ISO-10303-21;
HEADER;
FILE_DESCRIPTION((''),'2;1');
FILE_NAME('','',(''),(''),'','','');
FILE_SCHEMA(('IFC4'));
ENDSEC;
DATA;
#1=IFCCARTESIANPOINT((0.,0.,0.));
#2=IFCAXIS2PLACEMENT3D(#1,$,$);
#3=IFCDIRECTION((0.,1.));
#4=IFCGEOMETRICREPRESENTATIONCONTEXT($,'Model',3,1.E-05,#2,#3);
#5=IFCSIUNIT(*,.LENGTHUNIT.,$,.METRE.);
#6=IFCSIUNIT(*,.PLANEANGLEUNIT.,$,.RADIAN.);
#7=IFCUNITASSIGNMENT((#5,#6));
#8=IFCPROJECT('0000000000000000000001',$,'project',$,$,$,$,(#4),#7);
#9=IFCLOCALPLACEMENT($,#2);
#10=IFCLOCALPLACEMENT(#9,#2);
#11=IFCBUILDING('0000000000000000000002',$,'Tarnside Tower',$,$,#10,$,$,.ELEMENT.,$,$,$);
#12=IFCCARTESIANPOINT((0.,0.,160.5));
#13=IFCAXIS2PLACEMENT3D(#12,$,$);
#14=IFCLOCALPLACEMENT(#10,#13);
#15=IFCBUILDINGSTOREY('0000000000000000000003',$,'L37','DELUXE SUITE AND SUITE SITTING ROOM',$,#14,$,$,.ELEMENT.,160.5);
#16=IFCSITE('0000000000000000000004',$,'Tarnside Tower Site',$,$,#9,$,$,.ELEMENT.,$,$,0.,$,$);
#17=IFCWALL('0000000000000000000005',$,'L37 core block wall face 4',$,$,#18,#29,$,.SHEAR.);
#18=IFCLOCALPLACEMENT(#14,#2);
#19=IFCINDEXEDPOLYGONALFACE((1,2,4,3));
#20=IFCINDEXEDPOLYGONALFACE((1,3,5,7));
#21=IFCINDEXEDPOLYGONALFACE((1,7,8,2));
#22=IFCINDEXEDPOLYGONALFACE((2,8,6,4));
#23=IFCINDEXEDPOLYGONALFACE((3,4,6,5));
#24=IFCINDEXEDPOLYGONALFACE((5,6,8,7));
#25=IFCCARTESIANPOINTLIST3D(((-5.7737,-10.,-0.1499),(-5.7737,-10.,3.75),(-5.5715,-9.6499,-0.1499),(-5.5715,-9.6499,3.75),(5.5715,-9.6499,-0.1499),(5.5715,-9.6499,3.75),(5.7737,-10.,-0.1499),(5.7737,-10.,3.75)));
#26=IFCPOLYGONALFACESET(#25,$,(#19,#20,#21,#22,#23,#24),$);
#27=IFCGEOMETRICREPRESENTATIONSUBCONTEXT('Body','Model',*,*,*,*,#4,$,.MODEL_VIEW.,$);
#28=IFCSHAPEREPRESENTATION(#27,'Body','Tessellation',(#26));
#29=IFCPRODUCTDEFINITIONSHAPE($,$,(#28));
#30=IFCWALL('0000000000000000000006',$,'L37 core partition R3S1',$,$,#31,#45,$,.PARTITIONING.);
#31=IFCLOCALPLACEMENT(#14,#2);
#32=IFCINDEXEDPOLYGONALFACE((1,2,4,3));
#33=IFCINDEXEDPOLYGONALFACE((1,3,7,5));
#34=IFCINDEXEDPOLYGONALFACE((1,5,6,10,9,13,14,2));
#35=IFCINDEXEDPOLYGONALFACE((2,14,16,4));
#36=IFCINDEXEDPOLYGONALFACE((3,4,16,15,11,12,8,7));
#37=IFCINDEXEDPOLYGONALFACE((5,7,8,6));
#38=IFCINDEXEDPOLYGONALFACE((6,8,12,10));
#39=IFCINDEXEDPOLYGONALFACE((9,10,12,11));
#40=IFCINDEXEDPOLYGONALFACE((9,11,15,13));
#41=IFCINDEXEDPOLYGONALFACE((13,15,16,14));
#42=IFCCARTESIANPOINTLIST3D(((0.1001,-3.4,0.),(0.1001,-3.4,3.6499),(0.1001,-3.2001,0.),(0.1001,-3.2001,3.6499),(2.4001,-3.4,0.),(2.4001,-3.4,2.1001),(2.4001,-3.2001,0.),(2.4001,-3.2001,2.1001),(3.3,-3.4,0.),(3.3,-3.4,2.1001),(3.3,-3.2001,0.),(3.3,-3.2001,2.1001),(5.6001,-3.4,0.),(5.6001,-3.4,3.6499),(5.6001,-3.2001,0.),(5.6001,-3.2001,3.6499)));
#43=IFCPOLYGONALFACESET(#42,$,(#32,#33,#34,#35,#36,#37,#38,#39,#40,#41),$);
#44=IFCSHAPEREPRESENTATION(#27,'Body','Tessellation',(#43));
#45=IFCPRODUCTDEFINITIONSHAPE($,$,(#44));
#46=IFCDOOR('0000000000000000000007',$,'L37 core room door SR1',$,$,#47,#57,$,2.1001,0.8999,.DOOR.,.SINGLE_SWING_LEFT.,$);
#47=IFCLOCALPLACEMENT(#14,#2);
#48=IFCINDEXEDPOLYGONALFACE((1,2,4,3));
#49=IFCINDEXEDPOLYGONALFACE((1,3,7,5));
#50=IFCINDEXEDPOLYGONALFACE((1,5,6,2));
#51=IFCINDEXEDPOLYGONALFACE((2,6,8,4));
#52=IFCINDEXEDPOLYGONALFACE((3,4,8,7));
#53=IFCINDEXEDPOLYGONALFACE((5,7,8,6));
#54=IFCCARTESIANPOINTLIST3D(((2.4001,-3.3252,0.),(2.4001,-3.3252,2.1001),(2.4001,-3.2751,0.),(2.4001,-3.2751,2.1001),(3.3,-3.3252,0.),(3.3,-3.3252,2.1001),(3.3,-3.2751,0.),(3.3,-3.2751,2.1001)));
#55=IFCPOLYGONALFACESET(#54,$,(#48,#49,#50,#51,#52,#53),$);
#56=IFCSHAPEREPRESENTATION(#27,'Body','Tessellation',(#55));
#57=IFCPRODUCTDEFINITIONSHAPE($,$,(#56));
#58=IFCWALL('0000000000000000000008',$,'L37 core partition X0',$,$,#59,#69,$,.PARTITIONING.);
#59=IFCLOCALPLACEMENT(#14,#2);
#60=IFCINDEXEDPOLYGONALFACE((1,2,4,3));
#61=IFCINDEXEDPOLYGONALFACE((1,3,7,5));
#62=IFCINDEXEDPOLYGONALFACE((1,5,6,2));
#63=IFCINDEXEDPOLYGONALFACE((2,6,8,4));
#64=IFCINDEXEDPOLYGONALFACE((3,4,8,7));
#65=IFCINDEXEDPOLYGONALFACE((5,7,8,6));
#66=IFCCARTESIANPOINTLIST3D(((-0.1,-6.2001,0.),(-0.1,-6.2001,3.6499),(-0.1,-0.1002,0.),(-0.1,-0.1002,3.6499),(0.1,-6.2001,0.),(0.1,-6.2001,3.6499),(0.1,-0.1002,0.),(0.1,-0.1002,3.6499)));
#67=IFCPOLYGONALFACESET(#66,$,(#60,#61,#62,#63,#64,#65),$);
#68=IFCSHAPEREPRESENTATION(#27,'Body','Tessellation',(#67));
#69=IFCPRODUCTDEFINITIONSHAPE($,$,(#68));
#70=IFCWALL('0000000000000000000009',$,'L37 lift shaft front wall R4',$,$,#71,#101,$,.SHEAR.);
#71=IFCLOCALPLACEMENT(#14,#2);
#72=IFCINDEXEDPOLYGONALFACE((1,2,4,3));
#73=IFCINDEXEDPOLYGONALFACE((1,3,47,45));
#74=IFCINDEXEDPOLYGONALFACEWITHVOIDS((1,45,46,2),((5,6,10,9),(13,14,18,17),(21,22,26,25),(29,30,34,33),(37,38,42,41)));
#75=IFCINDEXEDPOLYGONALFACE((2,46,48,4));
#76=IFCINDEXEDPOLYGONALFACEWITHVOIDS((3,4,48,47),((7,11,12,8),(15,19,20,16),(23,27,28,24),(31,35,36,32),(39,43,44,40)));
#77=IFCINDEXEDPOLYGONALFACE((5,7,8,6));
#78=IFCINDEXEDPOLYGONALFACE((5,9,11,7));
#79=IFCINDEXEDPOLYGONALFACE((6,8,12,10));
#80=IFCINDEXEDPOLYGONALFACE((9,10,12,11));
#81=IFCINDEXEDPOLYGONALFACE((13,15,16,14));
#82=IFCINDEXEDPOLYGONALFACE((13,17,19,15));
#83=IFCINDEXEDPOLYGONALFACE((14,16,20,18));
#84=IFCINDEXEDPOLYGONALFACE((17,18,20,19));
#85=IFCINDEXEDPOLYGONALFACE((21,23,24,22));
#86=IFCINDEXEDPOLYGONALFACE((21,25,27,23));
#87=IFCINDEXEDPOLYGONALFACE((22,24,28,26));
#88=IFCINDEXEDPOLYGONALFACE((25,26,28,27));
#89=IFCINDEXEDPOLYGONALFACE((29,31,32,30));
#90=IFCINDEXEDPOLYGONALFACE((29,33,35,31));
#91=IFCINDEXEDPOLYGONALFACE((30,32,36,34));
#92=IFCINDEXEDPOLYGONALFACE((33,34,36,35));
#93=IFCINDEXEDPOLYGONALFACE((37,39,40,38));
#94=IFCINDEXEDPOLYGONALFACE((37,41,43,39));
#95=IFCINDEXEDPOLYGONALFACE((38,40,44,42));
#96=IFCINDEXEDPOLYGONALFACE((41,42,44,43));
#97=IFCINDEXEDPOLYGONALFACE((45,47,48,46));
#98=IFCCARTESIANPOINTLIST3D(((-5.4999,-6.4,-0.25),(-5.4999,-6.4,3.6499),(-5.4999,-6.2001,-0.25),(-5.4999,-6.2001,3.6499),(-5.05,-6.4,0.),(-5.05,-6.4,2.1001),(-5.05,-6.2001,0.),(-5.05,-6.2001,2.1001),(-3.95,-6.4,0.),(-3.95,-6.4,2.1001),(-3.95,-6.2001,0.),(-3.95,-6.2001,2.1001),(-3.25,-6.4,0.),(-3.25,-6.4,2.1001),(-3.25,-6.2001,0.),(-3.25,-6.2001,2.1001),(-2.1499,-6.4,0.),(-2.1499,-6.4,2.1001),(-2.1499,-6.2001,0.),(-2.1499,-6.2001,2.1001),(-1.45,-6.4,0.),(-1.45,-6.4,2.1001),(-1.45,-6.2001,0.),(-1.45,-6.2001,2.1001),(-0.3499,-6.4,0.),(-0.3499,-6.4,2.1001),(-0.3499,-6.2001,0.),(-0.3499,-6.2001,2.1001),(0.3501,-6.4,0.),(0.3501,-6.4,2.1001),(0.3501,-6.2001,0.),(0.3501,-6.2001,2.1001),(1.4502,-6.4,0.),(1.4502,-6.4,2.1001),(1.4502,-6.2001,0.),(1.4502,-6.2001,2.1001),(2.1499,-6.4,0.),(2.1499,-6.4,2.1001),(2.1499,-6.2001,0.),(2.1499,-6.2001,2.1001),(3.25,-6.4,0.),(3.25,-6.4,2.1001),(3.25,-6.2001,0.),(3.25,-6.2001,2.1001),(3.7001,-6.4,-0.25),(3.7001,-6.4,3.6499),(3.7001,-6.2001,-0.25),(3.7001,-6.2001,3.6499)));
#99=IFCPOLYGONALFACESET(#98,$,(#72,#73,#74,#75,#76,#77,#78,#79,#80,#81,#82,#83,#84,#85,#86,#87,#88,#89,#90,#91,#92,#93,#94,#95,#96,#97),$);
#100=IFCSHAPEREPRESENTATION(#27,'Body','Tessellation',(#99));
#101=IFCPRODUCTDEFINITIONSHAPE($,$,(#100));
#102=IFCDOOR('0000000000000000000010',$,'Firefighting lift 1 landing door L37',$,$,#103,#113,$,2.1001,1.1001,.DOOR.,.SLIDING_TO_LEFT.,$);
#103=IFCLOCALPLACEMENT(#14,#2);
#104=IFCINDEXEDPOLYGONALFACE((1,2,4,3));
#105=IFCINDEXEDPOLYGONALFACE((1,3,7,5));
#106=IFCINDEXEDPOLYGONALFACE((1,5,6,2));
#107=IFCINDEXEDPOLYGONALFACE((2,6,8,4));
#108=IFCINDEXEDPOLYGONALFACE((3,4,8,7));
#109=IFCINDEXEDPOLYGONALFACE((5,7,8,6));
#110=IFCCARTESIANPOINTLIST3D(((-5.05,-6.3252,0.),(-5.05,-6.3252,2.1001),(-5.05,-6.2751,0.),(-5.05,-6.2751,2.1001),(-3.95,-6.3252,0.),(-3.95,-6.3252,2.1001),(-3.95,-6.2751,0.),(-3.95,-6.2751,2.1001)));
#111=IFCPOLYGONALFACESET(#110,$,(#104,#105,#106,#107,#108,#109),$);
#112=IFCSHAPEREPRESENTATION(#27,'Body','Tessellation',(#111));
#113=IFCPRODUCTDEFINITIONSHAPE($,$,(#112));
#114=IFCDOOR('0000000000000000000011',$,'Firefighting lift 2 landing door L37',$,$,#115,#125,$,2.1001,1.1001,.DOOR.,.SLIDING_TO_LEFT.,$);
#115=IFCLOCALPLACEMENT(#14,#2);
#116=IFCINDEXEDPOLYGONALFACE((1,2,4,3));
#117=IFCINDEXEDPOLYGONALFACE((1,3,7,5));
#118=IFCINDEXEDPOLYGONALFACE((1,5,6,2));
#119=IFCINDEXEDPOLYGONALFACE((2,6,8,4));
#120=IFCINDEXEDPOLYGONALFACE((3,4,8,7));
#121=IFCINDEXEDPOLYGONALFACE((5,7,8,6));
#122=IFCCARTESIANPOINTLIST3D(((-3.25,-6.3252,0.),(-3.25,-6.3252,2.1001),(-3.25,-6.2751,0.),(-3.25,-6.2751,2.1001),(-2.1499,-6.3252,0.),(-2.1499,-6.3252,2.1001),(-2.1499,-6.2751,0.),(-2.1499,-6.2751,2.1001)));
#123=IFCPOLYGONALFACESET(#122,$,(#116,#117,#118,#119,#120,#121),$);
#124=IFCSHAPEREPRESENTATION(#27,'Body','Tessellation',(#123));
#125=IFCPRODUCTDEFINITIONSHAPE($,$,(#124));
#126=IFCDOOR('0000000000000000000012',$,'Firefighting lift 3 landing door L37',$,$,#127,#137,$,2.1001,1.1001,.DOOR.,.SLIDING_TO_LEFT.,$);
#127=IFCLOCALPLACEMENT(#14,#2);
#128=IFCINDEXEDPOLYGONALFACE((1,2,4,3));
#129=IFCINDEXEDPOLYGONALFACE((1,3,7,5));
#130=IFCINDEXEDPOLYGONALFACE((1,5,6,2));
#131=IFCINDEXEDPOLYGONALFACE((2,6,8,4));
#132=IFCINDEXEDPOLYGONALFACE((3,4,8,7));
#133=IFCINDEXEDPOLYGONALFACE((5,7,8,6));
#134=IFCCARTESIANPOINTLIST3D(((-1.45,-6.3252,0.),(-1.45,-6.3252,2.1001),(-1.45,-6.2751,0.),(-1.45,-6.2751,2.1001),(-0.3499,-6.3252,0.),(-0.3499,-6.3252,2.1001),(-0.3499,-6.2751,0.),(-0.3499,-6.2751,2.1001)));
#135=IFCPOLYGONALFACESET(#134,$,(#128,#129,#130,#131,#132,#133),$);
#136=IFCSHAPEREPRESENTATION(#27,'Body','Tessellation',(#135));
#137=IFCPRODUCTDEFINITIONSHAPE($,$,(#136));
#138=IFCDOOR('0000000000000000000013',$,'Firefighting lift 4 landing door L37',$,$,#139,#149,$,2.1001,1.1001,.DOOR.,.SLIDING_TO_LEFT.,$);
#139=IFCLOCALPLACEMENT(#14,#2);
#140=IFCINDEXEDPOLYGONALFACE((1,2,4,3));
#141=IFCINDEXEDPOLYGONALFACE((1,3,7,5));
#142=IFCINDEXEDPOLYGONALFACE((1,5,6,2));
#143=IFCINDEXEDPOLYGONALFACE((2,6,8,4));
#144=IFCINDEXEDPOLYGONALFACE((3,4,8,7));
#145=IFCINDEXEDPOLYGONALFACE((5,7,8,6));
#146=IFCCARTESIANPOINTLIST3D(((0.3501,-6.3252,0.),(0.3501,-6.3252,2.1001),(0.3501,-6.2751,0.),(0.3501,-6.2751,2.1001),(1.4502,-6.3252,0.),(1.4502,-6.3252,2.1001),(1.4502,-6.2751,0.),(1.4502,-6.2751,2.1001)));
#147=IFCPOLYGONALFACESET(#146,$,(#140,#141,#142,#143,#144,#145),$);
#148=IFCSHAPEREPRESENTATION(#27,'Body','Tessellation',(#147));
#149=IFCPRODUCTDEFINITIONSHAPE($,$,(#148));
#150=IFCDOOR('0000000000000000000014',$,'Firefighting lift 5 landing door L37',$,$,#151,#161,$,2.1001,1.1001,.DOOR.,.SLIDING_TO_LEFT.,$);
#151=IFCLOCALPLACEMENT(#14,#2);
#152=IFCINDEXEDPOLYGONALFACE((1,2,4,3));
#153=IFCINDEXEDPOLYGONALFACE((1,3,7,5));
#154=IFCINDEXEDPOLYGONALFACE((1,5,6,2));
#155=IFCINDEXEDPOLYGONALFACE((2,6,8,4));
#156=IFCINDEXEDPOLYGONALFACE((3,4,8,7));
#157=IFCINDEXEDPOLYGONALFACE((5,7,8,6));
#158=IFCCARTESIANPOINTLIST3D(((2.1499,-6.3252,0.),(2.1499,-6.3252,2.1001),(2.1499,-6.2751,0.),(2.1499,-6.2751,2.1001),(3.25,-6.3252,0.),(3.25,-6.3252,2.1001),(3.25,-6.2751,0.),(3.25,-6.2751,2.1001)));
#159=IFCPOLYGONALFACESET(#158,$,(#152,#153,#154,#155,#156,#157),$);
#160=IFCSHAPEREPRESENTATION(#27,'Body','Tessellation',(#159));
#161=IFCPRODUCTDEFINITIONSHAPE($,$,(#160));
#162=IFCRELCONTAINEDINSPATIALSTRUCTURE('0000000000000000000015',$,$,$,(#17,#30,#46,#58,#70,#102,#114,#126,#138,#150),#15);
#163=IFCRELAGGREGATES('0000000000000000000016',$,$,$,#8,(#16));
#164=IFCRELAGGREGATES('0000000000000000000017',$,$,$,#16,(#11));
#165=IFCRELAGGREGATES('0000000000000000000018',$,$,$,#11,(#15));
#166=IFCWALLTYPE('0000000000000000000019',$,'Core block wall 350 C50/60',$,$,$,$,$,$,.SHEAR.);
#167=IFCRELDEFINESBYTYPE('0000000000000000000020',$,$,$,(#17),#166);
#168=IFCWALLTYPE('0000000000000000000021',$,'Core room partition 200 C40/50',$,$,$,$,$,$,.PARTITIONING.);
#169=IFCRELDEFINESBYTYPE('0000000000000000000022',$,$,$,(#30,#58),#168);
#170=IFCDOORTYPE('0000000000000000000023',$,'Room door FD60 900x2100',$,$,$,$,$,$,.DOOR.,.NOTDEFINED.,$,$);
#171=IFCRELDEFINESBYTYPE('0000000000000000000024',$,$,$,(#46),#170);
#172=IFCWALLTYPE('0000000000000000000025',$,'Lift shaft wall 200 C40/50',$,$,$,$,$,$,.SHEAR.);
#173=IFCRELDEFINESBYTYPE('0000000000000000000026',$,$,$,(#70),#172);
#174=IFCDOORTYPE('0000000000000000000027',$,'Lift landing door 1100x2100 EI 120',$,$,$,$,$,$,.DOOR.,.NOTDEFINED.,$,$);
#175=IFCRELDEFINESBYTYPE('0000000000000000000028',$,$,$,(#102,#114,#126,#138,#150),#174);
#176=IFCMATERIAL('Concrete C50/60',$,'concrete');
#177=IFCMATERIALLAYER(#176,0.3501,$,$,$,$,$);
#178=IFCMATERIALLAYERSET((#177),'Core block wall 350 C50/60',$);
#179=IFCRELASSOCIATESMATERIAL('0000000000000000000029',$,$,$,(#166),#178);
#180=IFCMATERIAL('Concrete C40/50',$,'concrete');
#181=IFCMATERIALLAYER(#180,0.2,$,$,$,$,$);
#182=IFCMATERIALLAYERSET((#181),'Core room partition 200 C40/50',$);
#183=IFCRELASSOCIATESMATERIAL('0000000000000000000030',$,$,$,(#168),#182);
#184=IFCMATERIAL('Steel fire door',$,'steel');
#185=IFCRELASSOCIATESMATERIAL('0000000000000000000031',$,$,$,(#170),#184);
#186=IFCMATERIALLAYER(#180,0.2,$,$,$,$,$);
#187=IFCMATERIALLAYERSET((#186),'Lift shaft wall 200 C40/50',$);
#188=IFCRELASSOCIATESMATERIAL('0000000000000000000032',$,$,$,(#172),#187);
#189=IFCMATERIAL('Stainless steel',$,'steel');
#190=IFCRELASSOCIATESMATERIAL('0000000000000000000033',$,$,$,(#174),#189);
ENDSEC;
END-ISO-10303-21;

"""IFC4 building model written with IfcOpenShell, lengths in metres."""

from ifc_helpers import new_model, si_unit, direction, frame, frame_2d, origin, place, context, subcontext, project, spatial, polyline, rectangle, outline, extrude, material, layer, layer_set, type_object, element, fill, save


model = new_model("IFC4")

# Units and contexts
model_context = context("Model", 3, precision=1e-05, world=origin(), true_north=direction((0.0, 1.0)))
body_context = subcontext(model_context, "Body", "Model", "MODEL_VIEW")
ifc_project = project(units=[si_unit("LENGTHUNIT", "METRE"), si_unit("PLANEANGLEUNIT", "RADIAN")], contexts=[model_context])

# Site, building, storey
site_placement = place(None, origin())
site = spatial("IfcSite", under=ifc_project, at=site_placement, Name="Tarnside Tower Site", CompositionType="ELEMENT", RefElevation=0.0)
building_placement = place(site_placement, origin())
building = spatial("IfcBuilding", under=site, at=building_placement, Name="Tarnside Tower", CompositionType="ELEMENT")
storey_placement = place(building_placement, frame((0.0, 0.0, 160.5)))
storey = spatial("IfcBuildingStorey", under=building, at=storey_placement, Name="L37", Description="DELUXE SUITE AND SUITE SITTING ROOM", CompositionType="ELEMENT", Elevation=160.5)

# Wall
ifc_material_1 = material(Name="Concrete C50/60", Category="concrete")
ifc_layer_1 = layer(ifc_material_1, 0.3501)
ifc_layer_set_1 = layer_set([ifc_layer_1], Name="Core block wall 350 C50/60")
wall_type_1 = type_object("IfcWallType", Name="Core block wall 350 C50/60", PredefinedType="SHEAR", material=ifc_layer_set_1)
wall_1_placement = place(storey_placement, frame((-5.6726, -9.825, -0.1499), z_axis=(0.0, 0.0, 1.0), x_axis=(1.0, 0.0, 0.0)))
element("IfcWall", 1, at=wall_1_placement, inside=storey, type_object=wall_type_1, Name="L37 core block wall face 4", PredefinedType="SHEAR", context=body_context, shape_type="SweptSolid", body=[
    extrude(outline(polyline([(-0.1011, -0.175), (11.4463, -0.175), (11.2441, 0.175), (0.1011, 0.175), (-0.1011, -0.175)])), origin(), (0.0, 0.0, 1.0), 3.8999),
])

# Wall, opening, door
ifc_material_2 = material(Name="Concrete C40/50", Category="concrete")
ifc_layer_2 = layer(ifc_material_2, 0.2)
ifc_layer_set_2 = layer_set([ifc_layer_2], Name="Core room partition 200 C40/50")
wall_type_2 = type_object("IfcWallType", Name="Core room partition 200 C40/50", PredefinedType="PARTITIONING", material=ifc_layer_set_2)
wall_2_placement = place(storey_placement, frame((0.1001, -3.3, 0.0), z_axis=(0.0, 0.0, 1.0), x_axis=(1.0, 0.0, 0.0)))
wall_2 = element("IfcWall", 2, at=wall_2_placement, inside=storey, type_object=wall_type_2, Name="L37 core partition R3S1", PredefinedType="PARTITIONING", context=body_context, shape_type="SweptSolid", body=[
    extrude(rectangle(XDim=5.5, YDim=0.2, at=frame_2d((2.75, 0.0))), origin(), (0.0, 0.0, 1.0), 3.6499),
])
opening_1_placement = place(wall_2_placement, frame((2.3, 0.0, 0.0)))
opening_1 = element("IfcOpeningElement", 3, at=opening_1_placement, cuts=wall_2, PredefinedType="OPENING", context=body_context, shape_type="SweptSolid", body=[
    extrude(rectangle(XDim=0.8999, YDim=2.1001, at=frame_2d((0.45, 1.05))), frame((0.0, 0.1099, 0.0), z_axis=(0.0, -1.0, 0.0), x_axis=(1.0, 0.0, 0.0)), (0.0, 0.0, 1.0), 0.22),
])
ifc_material_3 = material(Name="Steel fire door", Category="steel")
door_type_1 = type_object("IfcDoorType", Name="Room door FD60 900x2100", OperationType="NOTDEFINED", PredefinedType="DOOR", material=ifc_material_3)
door_1_placement = place(opening_1_placement, origin())
door_1 = element("IfcDoor", 4, at=door_1_placement, inside=storey, type_object=door_type_1, Name="L37 core room door SR1", OperationType="SINGLE_SWING_LEFT", OverallHeight=2.1001, OverallWidth=0.8999, PredefinedType="DOOR", context=body_context, shape_type="SweptSolid", body=[
    extrude(rectangle(XDim=0.8999, YDim=2.1001, at=frame_2d((0.45, 1.05))), frame((0.0, 0.0249, 0.0), z_axis=(0.0, -1.0, 0.0), x_axis=(1.0, 0.0, 0.0)), (0.0, 0.0, 1.0), 0.05),
])
fill(opening_1, door_1)

# Wall
wall_3_placement = place(storey_placement, frame((0.0, -6.2, 0.0), z_axis=(0.0, 0.0, 1.0), x_axis=(0.0, 1.0, 0.0)))
element("IfcWall", 5, at=wall_3_placement, inside=storey, type_object=wall_type_2, Name="L37 core partition X0", PredefinedType="PARTITIONING", context=body_context, shape_type="SweptSolid", body=[
    extrude(rectangle(XDim=6.0999, YDim=0.2, at=frame_2d((3.0498, 0.0))), origin(), (0.0, 0.0, 1.0), 3.6499),
])

# Wall, openings, doors
ifc_layer_3 = layer(ifc_material_2, 0.2)
ifc_layer_set_3 = layer_set([ifc_layer_3], Name="Lift shaft wall 200 C40/50")
wall_type_3 = type_object("IfcWallType", Name="Lift shaft wall 200 C40/50", PredefinedType="SHEAR", material=ifc_layer_set_3)
wall_4_placement = place(storey_placement, frame((-5.5, -6.3, -0.25), z_axis=(0.0, 0.0, 1.0), x_axis=(1.0, 0.0, 0.0)))
wall_4 = element("IfcWall", 6, at=wall_4_placement, inside=storey, type_object=wall_type_3, Name="L37 lift shaft front wall R4", PredefinedType="SHEAR", context=body_context, shape_type="SweptSolid", body=[
    extrude(rectangle(XDim=9.2, YDim=0.2, at=frame_2d((4.6001, 0.0))), origin(), (0.0, 0.0, 1.0), 3.8999),
])
opening_2_placement = place(wall_4_placement, frame((0.45, 0.0, 0.25)))
opening_2 = element("IfcOpeningElement", 7, at=opening_2_placement, cuts=wall_4, PredefinedType="OPENING", context=body_context, shape_type="SweptSolid", body=[
    extrude(rectangle(XDim=1.1001, YDim=2.1001, at=frame_2d((0.55, 1.05))), frame((0.0, 0.1099, 0.0), z_axis=(0.0, -1.0, 0.0), x_axis=(1.0, 0.0, 0.0)), (0.0, 0.0, 1.0), 0.22),
])
opening_3_placement = place(wall_4_placement, frame((2.25, 0.0, 0.25)))
opening_3 = element("IfcOpeningElement", 8, at=opening_3_placement, cuts=wall_4, PredefinedType="OPENING", context=body_context, shape_type="SweptSolid", body=[
    extrude(rectangle(XDim=1.1001, YDim=2.1001, at=frame_2d((0.55, 1.05))), frame((0.0, 0.1099, 0.0), z_axis=(0.0, -1.0, 0.0), x_axis=(1.0, 0.0, 0.0)), (0.0, 0.0, 1.0), 0.22),
])
opening_4_placement = place(wall_4_placement, frame((4.05, 0.0, 0.25)))
opening_4 = element("IfcOpeningElement", 9, at=opening_4_placement, cuts=wall_4, PredefinedType="OPENING", context=body_context, shape_type="SweptSolid", body=[
    extrude(rectangle(XDim=1.1001, YDim=2.1001, at=frame_2d((0.55, 1.05))), frame((0.0, 0.1099, 0.0), z_axis=(0.0, -1.0, 0.0), x_axis=(1.0, 0.0, 0.0)), (0.0, 0.0, 1.0), 0.22),
])
opening_5_placement = place(wall_4_placement, frame((5.8501, 0.0, 0.25)))
opening_5 = element("IfcOpeningElement", 10, at=opening_5_placement, cuts=wall_4, PredefinedType="OPENING", context=body_context, shape_type="SweptSolid", body=[
    extrude(rectangle(XDim=1.1001, YDim=2.1001, at=frame_2d((0.55, 1.05))), frame((0.0, 0.1099, 0.0), z_axis=(0.0, -1.0, 0.0), x_axis=(1.0, 0.0, 0.0)), (0.0, 0.0, 1.0), 0.22),
])
opening_6_placement = place(wall_4_placement, frame((7.6499, 0.0, 0.25)))
opening_6 = element("IfcOpeningElement", 11, at=opening_6_placement, cuts=wall_4, PredefinedType="OPENING", context=body_context, shape_type="SweptSolid", body=[
    extrude(rectangle(XDim=1.1001, YDim=2.1001, at=frame_2d((0.55, 1.05))), frame((0.0, 0.1099, 0.0), z_axis=(0.0, -1.0, 0.0), x_axis=(1.0, 0.0, 0.0)), (0.0, 0.0, 1.0), 0.22),
])
ifc_material_4 = material(Name="Stainless steel", Category="steel")
door_type_2 = type_object("IfcDoorType", Name="Lift landing door 1100x2100 EI 120", OperationType="NOTDEFINED", PredefinedType="DOOR", material=ifc_material_4)
door_2_placement = place(opening_2_placement, origin())
door_2 = element("IfcDoor", 12, at=door_2_placement, inside=storey, type_object=door_type_2, Name="Firefighting lift 1 landing door L37", OperationType="SLIDING_TO_LEFT", OverallHeight=2.1001, OverallWidth=1.1001, PredefinedType="DOOR", context=body_context, shape_type="SweptSolid", body=[
    extrude(rectangle(XDim=1.1001, YDim=2.1001, at=frame_2d((0.55, 1.05))), frame((0.0, 0.0249, 0.0), z_axis=(0.0, -1.0, 0.0), x_axis=(1.0, 0.0, 0.0)), (0.0, 0.0, 1.0), 0.05),
])
fill(opening_2, door_2)
door_3_placement = place(opening_3_placement, origin())
door_3 = element("IfcDoor", 13, at=door_3_placement, inside=storey, type_object=door_type_2, Name="Firefighting lift 2 landing door L37", OperationType="SLIDING_TO_LEFT", OverallHeight=2.1001, OverallWidth=1.1001, PredefinedType="DOOR", context=body_context, shape_type="SweptSolid", body=[
    extrude(rectangle(XDim=1.1001, YDim=2.1001, at=frame_2d((0.55, 1.05))), frame((0.0, 0.0249, 0.0), z_axis=(0.0, -1.0, 0.0), x_axis=(1.0, 0.0, 0.0)), (0.0, 0.0, 1.0), 0.05),
])
fill(opening_3, door_3)
door_4_placement = place(opening_4_placement, origin())
door_4 = element("IfcDoor", 14, at=door_4_placement, inside=storey, type_object=door_type_2, Name="Firefighting lift 3 landing door L37", OperationType="SLIDING_TO_LEFT", OverallHeight=2.1001, OverallWidth=1.1001, PredefinedType="DOOR", context=body_context, shape_type="SweptSolid", body=[
    extrude(rectangle(XDim=1.1001, YDim=2.1001, at=frame_2d((0.55, 1.05))), frame((0.0, 0.0249, 0.0), z_axis=(0.0, -1.0, 0.0), x_axis=(1.0, 0.0, 0.0)), (0.0, 0.0, 1.0), 0.05),
])
fill(opening_4, door_4)
door_5_placement = place(opening_5_placement, origin())
door_5 = element("IfcDoor", 15, at=door_5_placement, inside=storey, type_object=door_type_2, Name="Firefighting lift 4 landing door L37", OperationType="SLIDING_TO_LEFT", OverallHeight=2.1001, OverallWidth=1.1001, PredefinedType="DOOR", context=body_context, shape_type="SweptSolid", body=[
    extrude(rectangle(XDim=1.1001, YDim=2.1001, at=frame_2d((0.55, 1.05))), frame((0.0, 0.0249, 0.0), z_axis=(0.0, -1.0, 0.0), x_axis=(1.0, 0.0, 0.0)), (0.0, 0.0, 1.0), 0.05),
])
fill(opening_5, door_5)
door_6_placement = place(opening_6_placement, origin())
door_6 = element("IfcDoor", 16, at=door_6_placement, inside=storey, type_object=door_type_2, Name="Firefighting lift 5 landing door L37", OperationType="SLIDING_TO_LEFT", OverallHeight=2.1001, OverallWidth=1.1001, PredefinedType="DOOR", context=body_context, shape_type="SweptSolid", body=[
    extrude(rectangle(XDim=1.1001, YDim=2.1001, at=frame_2d((0.55, 1.05))), frame((0.0, 0.0249, 0.0), z_axis=(0.0, -1.0, 0.0), x_axis=(1.0, 0.0, 0.0)), (0.0, 0.0, 1.0), 0.05),
])
fill(opening_6, door_6)

save(model, "model.ifc")
